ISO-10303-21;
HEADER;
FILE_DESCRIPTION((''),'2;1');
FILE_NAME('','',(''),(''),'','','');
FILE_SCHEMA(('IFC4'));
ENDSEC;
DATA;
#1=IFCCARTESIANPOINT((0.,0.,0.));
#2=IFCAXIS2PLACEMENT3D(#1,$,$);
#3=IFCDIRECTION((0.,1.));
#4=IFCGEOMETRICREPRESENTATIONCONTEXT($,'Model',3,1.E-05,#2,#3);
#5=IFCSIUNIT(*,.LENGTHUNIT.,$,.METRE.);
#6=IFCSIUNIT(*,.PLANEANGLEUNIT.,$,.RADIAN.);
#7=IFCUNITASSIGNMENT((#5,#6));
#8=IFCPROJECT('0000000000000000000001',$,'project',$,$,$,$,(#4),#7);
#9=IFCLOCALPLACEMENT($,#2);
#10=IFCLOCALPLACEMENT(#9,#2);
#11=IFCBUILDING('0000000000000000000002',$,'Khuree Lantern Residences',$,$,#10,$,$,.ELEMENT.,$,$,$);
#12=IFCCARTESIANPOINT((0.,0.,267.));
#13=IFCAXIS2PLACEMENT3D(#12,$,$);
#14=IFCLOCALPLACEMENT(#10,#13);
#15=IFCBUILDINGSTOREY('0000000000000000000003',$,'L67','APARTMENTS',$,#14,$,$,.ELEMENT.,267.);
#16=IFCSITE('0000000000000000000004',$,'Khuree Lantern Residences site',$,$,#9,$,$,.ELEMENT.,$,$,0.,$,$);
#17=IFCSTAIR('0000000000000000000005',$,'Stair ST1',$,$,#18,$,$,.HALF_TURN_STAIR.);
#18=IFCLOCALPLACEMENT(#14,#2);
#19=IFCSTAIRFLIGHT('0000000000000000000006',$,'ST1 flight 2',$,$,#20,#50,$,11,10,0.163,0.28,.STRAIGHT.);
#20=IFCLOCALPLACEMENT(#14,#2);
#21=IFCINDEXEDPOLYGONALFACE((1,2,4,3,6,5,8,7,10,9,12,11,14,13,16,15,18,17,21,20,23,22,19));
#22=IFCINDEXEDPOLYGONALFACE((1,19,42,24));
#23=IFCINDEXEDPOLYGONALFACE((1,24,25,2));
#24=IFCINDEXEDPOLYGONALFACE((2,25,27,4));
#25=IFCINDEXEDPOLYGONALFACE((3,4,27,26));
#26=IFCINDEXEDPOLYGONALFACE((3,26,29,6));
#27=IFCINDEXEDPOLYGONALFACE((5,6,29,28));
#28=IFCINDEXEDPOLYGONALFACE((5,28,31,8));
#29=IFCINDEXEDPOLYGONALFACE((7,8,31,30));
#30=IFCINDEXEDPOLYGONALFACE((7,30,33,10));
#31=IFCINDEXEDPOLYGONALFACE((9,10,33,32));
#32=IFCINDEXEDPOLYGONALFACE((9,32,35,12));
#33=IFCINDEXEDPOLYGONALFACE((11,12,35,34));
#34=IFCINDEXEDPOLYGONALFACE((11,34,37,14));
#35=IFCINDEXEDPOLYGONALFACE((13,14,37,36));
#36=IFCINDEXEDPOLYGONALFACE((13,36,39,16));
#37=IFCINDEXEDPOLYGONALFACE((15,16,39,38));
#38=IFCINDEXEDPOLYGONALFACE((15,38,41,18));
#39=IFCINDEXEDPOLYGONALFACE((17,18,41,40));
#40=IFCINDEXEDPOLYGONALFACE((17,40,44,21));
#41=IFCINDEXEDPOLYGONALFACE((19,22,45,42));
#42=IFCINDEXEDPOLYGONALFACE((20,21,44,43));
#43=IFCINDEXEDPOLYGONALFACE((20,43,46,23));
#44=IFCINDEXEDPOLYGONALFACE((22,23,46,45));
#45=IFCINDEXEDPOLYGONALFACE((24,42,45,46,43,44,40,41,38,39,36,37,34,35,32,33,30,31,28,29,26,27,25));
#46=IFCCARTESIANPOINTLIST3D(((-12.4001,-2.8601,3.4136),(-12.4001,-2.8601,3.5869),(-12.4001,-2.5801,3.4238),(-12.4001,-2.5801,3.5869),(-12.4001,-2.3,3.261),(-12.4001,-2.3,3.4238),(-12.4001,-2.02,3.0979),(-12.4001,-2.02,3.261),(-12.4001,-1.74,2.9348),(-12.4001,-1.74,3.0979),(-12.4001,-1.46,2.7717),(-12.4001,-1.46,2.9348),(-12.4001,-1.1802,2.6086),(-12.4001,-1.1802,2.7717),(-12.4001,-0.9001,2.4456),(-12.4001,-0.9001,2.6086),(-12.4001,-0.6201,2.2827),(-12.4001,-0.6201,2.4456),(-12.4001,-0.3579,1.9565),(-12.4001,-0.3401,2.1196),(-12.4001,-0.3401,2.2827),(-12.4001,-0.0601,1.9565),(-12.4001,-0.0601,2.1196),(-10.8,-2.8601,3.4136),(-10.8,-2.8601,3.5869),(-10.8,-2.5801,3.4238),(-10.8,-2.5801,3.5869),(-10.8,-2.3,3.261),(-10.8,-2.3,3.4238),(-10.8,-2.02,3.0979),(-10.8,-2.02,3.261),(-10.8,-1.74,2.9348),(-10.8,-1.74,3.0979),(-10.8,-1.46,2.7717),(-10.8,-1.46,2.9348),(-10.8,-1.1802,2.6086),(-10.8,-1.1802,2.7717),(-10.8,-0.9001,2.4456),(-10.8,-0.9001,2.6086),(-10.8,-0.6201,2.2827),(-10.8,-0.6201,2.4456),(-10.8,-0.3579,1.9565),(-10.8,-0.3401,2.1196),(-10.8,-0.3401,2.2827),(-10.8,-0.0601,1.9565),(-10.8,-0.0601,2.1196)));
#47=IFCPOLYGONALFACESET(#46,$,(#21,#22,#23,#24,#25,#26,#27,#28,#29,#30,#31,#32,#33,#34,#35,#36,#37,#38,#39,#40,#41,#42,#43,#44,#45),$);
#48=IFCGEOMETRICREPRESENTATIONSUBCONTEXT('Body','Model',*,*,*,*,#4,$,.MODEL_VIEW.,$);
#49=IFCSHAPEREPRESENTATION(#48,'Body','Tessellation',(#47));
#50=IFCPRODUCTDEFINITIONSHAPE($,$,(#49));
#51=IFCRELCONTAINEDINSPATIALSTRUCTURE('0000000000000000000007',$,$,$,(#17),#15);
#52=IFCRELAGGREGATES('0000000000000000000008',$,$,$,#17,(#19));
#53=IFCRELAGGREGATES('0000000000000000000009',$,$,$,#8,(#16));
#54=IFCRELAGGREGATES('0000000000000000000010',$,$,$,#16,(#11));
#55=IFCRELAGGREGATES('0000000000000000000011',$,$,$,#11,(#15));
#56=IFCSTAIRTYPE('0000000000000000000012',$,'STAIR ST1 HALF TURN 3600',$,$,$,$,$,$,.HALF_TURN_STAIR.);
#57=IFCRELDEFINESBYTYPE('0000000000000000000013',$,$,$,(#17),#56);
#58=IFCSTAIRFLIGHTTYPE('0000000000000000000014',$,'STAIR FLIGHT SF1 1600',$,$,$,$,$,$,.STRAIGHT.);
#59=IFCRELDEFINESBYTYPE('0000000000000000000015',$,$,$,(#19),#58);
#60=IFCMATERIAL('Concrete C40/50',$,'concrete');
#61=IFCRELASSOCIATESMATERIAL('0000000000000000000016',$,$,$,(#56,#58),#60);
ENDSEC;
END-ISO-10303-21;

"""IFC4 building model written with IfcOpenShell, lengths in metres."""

from ifc_helpers import new_model, si_unit, direction, frame, origin, place, context, subcontext, project, spatial, polyline, outline, extrude, material, type_object, element, aggregate, save


model = new_model("IFC4")

# Units and contexts
model_context = context("Model", 3, precision=1e-05, world=origin(), true_north=direction((0.0, 1.0)))
body_context = subcontext(model_context, "Body", "Model", "MODEL_VIEW")
ifc_project = project(units=[si_unit("LENGTHUNIT", "METRE"), si_unit("PLANEANGLEUNIT", "RADIAN")], contexts=[model_context])

# Site, building, storey
site_placement = place(None, origin())
site = spatial("IfcSite", under=ifc_project, at=site_placement, Name="Khuree Lantern Residences site", CompositionType="ELEMENT", RefElevation=0.0)
building_placement = place(site_placement, origin())
building = spatial("IfcBuilding", under=site, at=building_placement, Name="Khuree Lantern Residences", CompositionType="ELEMENT")
storey_placement = place(building_placement, frame((0.0, 0.0, 267.0)))
storey = spatial("IfcBuildingStorey", under=building, at=storey_placement, Name="L67", Description="APARTMENTS", CompositionType="ELEMENT", Elevation=267.0)

# Stair, stair flight
ifc_material_1 = material(Name="Concrete C40/50", Category="concrete")
stair_type = type_object("IfcStairType", Name="STAIR ST1 HALF TURN 3600", PredefinedType="HALF_TURN_STAIR", material=ifc_material_1)
stair_placement = place(storey_placement, origin())
stair = element("IfcStair", 1, at=stair_placement, inside=storey, type_object=stair_type, Name="Stair ST1", PredefinedType="HALF_TURN_STAIR")
stair_flight_type = type_object("IfcStairFlightType", Name="STAIR FLIGHT SF1 1600", PredefinedType="STRAIGHT", material=ifc_material_1)
stair_flight_placement = place(storey_placement, frame((-11.6001, -0.0601, 1.9565), z_axis=(0.0, 0.0, 1.0), x_axis=(0.0, -1.0, 0.0)))
stair_flight = element("IfcStairFlight", 2, at=stair_flight_placement, type_object=stair_flight_type, Name="ST1 flight 2", NumberOfRisers=11, NumberOfTreads=10, PredefinedType="STRAIGHT", RiserHeight=0.163, TreadLength=0.28, context=body_context, shape_type="SweptSolid", body=[
    extrude(outline(polyline([(0.0, 0.0), (0.0, 0.1631), (0.28, 0.1631), (0.28, 0.3262), (0.5601, 0.3262), (0.5601, 0.489), (0.8401, 0.489), (0.8401, 0.6521), (1.1201, 0.6521), (1.1201, 0.8152), (1.3999, 0.8152), (1.3999, 0.9783), (1.6799, 0.9783), (1.6799, 1.1414), (1.96, 1.1414), (1.96, 1.3044), (2.24, 1.3044), (2.24, 1.4673), (2.52, 1.4673), (2.52, 1.6304), (2.8, 1.6304), (2.8, 1.7935), (2.8, 1.457), (0.2979, 0.0), (0.0, 0.0)])), frame((0.0, 0.8, 0.0), z_axis=(0.0, -1.0, 0.0), x_axis=(1.0, 0.0, 0.0)), (0.0, 0.0, 1.0), 1.6001),
])
aggregate(stair, [stair_flight])

save(model, "model.ifc")
